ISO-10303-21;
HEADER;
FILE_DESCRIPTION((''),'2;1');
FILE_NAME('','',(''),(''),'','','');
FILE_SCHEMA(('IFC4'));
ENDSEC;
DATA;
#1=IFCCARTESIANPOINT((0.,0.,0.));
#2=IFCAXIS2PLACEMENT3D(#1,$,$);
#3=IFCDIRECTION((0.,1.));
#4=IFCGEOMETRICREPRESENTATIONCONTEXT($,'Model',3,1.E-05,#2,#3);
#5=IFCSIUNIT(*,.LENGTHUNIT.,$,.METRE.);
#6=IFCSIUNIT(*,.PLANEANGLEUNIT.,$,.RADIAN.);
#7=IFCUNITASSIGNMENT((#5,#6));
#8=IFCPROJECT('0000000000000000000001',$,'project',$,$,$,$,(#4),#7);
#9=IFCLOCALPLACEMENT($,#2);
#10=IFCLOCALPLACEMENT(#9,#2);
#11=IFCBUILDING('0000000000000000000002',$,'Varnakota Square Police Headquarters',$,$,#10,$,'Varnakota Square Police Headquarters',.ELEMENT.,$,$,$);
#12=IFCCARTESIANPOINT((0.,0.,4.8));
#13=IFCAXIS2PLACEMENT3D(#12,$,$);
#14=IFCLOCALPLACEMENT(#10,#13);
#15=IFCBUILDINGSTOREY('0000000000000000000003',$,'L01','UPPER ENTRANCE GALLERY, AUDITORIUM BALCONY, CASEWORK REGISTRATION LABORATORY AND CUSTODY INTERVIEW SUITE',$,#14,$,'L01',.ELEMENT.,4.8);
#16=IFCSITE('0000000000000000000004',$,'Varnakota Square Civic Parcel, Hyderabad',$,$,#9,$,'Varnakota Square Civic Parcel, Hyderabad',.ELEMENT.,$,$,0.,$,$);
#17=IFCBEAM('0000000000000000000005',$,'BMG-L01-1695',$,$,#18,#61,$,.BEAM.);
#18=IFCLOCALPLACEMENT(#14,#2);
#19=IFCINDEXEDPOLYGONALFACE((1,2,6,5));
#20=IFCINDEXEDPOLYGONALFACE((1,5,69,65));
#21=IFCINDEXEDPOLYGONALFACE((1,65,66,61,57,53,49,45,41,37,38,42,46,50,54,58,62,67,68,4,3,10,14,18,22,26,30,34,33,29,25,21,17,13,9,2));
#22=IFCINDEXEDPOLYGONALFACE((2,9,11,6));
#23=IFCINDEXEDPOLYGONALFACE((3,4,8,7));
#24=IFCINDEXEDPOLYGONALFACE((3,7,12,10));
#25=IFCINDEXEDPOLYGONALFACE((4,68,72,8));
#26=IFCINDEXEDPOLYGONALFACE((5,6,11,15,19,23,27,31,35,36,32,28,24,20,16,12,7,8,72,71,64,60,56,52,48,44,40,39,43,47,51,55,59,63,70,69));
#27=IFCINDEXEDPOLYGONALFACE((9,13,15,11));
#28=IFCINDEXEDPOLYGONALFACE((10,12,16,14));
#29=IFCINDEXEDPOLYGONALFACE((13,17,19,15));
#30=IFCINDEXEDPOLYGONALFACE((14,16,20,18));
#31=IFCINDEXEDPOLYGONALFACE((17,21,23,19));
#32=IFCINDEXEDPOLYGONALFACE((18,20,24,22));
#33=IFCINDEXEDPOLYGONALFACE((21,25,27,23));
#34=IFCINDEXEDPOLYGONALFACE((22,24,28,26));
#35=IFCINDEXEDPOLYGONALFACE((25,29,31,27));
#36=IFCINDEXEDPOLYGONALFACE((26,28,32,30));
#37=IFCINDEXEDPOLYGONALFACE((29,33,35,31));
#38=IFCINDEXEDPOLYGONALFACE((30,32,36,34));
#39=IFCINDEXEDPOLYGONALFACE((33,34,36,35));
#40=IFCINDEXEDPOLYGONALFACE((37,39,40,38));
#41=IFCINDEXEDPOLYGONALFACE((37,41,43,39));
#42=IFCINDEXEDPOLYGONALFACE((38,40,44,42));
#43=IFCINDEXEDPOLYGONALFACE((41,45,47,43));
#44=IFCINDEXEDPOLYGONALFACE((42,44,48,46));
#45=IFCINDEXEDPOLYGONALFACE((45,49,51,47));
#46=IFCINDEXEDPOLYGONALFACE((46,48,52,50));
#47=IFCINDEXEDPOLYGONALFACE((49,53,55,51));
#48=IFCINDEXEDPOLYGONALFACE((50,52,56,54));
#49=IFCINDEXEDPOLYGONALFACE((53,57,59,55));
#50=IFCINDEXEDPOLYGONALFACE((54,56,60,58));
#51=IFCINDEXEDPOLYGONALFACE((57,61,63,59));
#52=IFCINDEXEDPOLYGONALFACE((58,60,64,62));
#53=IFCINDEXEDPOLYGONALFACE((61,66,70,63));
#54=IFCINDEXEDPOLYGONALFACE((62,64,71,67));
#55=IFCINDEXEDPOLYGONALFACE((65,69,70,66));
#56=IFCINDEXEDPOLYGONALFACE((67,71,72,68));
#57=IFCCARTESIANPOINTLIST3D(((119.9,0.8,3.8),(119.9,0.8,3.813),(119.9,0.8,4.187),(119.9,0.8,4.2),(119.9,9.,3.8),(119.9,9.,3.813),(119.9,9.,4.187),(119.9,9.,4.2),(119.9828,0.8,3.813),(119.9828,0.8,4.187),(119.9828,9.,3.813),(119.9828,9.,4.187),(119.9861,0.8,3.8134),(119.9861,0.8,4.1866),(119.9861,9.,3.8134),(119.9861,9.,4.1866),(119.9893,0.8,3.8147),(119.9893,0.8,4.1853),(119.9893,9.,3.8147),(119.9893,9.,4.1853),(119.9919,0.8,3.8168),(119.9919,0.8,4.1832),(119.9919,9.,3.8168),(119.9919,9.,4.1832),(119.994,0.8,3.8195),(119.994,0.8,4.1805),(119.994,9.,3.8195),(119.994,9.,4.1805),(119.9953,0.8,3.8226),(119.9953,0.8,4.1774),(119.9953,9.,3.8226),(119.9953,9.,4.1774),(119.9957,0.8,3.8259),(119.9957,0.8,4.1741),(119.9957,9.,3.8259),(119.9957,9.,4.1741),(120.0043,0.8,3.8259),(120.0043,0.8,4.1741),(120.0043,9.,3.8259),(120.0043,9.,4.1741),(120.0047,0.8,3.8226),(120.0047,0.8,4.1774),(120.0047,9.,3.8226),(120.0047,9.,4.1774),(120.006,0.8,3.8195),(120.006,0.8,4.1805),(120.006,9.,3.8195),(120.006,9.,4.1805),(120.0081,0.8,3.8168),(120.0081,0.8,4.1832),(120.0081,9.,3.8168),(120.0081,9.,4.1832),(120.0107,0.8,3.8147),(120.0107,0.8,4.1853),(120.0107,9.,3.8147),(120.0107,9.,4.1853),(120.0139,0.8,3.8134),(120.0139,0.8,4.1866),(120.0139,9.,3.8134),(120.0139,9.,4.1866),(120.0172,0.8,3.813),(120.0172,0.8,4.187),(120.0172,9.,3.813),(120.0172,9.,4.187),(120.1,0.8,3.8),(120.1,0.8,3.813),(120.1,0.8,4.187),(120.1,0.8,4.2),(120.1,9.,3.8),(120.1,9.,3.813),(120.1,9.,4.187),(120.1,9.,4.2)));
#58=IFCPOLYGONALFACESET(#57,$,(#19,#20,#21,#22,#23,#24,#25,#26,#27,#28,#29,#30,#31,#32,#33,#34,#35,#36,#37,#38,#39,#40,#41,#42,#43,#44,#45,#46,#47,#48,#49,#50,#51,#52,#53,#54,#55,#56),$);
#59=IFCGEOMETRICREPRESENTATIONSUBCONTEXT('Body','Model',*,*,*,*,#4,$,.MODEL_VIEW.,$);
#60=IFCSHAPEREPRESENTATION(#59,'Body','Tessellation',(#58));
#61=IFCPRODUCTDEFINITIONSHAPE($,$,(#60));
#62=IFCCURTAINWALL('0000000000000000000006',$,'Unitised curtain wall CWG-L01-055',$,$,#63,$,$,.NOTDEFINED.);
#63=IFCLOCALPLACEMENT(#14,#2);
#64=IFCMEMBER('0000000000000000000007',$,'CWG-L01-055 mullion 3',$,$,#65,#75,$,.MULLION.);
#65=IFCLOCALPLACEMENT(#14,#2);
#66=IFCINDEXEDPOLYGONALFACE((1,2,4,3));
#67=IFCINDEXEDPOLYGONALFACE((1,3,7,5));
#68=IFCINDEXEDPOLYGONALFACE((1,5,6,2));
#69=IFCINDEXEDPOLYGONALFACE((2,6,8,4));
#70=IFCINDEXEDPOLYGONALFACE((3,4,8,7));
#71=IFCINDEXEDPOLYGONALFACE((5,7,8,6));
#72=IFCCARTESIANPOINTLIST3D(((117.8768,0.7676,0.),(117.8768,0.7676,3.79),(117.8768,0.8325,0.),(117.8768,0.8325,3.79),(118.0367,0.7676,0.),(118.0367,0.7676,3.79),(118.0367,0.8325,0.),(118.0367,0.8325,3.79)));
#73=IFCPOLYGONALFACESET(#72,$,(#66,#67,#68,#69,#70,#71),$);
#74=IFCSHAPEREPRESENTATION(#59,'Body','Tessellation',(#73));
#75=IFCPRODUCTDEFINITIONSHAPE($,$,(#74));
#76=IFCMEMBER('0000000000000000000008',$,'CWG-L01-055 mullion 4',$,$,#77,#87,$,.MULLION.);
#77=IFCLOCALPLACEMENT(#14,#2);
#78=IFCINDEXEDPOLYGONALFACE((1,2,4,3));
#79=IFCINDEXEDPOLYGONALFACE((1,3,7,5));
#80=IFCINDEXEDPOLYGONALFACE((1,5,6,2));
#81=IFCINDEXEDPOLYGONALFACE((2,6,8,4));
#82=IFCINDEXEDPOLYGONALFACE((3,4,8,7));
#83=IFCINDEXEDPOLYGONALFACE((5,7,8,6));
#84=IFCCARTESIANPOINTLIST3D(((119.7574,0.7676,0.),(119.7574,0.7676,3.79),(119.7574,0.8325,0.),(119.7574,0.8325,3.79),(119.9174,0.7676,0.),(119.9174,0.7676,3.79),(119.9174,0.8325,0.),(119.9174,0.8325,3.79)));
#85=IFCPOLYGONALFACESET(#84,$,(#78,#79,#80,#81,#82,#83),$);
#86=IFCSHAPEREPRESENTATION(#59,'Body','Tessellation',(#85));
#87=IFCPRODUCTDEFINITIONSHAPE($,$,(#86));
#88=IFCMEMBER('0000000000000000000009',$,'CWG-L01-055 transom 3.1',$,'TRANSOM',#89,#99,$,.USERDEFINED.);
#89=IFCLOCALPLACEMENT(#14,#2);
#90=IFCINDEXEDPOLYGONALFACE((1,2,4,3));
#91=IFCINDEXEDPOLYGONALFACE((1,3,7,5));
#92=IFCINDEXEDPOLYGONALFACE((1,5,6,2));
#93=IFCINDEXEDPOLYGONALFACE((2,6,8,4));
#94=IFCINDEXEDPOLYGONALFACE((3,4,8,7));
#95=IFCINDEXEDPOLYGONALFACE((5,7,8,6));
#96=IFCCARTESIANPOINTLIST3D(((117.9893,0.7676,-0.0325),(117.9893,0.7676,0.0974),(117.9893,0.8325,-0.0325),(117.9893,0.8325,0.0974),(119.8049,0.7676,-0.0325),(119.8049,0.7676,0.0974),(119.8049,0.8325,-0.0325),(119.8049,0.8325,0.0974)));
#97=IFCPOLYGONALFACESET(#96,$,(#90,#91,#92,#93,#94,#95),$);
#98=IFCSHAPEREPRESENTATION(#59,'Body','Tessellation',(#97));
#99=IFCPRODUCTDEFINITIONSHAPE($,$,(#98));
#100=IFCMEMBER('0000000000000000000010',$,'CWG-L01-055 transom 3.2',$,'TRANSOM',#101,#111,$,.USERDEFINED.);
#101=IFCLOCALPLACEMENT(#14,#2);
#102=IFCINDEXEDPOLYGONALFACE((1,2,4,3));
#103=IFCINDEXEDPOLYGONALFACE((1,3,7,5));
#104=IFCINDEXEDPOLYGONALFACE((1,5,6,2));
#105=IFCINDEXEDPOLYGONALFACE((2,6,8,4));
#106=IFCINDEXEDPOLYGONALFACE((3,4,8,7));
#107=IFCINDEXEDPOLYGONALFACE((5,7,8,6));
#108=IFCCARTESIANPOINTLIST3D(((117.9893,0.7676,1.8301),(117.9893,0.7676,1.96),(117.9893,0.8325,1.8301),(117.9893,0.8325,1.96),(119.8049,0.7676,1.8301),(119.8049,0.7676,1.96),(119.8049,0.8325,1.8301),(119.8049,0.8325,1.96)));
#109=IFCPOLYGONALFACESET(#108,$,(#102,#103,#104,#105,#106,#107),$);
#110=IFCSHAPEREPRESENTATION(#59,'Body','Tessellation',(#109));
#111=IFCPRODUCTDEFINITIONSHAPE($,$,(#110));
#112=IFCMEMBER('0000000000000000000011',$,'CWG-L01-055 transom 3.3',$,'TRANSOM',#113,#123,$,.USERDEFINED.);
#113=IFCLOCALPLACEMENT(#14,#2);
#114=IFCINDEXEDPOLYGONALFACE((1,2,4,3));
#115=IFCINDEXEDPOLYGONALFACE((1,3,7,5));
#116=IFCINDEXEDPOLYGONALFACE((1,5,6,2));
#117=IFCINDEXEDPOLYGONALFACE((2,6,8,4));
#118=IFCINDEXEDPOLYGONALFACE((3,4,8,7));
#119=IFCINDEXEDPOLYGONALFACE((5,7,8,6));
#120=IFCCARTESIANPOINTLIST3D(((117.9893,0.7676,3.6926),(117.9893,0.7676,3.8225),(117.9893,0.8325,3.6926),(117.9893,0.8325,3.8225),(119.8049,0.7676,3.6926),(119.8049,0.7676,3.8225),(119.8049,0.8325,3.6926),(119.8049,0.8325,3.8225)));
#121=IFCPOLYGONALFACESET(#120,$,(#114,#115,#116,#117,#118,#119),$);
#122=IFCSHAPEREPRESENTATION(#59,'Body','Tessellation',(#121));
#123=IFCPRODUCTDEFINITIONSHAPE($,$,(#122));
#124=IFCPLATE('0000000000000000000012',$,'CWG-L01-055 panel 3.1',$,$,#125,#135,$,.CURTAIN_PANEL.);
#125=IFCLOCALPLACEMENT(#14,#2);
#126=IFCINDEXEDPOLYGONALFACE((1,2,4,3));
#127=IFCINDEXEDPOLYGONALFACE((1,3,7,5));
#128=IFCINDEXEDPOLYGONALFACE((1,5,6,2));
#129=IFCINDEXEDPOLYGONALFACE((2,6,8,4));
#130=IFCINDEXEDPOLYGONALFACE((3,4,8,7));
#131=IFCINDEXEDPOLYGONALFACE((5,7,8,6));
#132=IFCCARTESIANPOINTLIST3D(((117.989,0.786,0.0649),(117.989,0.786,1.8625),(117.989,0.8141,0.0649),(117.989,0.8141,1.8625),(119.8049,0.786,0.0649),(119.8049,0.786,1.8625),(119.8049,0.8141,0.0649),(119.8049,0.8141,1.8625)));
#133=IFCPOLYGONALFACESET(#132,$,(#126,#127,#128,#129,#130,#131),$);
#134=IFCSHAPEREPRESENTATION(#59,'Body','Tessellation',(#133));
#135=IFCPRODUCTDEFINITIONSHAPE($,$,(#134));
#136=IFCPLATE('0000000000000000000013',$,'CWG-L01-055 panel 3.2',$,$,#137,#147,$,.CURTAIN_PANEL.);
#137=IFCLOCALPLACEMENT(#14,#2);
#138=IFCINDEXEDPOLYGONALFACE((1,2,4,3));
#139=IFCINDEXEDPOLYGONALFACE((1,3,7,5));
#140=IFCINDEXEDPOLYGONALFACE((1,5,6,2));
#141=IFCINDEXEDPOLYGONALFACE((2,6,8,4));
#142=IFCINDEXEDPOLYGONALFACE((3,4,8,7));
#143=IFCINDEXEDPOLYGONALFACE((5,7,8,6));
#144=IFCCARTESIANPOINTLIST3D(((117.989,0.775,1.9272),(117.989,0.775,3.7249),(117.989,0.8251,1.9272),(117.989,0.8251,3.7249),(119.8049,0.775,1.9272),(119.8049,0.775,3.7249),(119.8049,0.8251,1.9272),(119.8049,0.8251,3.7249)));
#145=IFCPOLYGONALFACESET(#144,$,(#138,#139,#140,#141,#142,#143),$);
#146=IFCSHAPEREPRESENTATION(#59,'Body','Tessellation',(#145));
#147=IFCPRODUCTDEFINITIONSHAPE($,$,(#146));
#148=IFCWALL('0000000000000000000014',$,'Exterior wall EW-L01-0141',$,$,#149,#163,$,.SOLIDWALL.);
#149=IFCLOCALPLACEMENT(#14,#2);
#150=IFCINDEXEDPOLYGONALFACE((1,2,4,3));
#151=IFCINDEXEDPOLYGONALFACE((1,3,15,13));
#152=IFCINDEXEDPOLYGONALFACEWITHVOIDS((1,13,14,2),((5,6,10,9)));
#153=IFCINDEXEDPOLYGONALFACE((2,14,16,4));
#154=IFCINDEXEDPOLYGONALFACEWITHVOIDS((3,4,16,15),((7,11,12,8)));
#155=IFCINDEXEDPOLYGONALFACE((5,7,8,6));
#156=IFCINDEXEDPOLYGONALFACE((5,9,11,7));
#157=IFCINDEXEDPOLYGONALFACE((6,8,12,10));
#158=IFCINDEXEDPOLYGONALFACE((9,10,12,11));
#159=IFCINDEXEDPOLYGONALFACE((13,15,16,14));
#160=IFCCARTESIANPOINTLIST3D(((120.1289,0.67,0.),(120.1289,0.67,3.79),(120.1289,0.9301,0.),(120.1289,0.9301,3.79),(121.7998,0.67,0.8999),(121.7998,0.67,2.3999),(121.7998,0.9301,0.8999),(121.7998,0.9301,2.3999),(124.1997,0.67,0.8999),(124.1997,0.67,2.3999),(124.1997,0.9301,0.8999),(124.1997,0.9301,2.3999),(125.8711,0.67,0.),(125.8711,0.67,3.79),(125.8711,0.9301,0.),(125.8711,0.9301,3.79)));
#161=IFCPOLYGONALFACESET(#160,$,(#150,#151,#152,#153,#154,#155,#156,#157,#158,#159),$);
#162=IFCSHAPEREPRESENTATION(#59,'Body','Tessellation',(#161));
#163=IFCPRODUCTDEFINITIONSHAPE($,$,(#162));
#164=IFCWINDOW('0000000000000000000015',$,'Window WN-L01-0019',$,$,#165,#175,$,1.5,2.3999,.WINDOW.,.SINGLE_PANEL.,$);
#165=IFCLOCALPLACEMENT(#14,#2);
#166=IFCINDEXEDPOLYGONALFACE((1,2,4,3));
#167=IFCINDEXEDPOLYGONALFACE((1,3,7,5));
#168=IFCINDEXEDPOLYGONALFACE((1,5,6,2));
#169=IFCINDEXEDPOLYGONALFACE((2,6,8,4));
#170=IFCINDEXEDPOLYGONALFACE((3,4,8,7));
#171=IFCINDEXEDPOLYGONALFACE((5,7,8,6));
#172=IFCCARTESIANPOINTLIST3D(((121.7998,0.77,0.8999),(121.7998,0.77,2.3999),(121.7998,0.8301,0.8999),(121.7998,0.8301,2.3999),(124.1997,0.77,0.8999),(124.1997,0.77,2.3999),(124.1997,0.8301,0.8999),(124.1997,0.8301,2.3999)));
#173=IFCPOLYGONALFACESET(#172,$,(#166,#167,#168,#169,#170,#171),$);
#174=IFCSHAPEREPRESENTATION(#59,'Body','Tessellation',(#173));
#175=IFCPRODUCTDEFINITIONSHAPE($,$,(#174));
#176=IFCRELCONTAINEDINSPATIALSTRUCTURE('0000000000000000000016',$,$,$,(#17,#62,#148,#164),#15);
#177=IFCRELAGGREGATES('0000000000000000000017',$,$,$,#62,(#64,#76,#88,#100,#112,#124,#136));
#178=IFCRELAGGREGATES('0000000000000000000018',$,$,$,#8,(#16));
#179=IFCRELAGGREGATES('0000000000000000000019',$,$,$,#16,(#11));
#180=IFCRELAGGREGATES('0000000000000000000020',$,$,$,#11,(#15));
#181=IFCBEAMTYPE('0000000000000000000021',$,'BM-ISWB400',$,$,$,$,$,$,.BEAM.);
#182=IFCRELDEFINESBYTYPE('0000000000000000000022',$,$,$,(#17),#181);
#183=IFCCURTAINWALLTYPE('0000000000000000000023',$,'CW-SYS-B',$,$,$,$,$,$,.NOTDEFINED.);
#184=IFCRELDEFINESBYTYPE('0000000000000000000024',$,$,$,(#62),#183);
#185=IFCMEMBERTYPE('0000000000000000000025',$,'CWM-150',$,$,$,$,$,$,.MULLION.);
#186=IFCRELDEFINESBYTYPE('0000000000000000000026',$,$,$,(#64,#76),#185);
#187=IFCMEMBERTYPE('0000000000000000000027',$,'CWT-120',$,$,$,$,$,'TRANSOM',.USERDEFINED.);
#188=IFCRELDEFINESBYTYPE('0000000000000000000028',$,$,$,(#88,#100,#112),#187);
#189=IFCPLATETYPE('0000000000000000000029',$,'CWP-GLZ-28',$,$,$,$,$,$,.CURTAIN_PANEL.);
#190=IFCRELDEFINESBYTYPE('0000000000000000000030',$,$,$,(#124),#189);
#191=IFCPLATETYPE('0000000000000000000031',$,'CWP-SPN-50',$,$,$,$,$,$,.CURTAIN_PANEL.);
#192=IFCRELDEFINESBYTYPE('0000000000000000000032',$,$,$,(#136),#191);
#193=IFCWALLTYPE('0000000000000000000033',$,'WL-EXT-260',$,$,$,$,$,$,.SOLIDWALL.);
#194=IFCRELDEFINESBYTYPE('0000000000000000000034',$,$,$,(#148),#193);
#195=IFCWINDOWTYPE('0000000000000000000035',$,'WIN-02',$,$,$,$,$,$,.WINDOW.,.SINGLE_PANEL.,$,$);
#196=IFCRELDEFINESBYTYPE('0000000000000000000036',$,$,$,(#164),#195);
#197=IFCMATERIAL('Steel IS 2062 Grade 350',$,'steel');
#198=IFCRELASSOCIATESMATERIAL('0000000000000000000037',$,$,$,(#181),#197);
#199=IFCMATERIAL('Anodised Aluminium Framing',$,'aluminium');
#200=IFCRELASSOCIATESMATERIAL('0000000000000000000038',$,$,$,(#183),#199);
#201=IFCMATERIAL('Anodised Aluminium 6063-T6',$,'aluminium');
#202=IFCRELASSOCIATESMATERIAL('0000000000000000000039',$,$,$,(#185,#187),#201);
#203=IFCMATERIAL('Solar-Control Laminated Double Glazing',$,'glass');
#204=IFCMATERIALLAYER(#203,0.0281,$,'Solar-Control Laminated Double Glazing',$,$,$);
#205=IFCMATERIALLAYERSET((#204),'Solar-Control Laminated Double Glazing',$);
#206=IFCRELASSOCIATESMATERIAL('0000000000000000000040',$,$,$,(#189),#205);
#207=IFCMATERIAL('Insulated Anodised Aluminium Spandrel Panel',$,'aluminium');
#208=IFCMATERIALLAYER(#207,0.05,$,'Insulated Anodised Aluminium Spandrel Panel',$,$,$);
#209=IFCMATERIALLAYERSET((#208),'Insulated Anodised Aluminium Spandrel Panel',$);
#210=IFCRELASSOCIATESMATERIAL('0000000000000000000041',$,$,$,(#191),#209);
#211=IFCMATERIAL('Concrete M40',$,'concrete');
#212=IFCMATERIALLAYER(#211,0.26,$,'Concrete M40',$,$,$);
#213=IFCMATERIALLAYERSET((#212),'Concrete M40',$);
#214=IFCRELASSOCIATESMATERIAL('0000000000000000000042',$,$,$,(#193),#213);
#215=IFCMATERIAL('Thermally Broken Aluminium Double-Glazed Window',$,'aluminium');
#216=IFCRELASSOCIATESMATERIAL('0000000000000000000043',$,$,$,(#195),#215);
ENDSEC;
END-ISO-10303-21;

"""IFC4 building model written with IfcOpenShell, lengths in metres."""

from ifc_helpers import new_model, si_unit, direction, frame, frame_2d, origin, origin_2d, place, context, subcontext, project, spatial, rectangle, i_section, extrude, material, layer, layer_set, material_profile, profile_set, type_object, element, fill, aggregate, save


model = new_model("IFC4")

# Units and contexts
model_context = context("Model", 3, precision=1e-05, world=origin(), true_north=direction((0.0, 1.0)))
body_context = subcontext(model_context, "Body", "Model", "MODEL_VIEW")
ifc_project = project(units=[si_unit("LENGTHUNIT", "METRE"), si_unit("PLANEANGLEUNIT", "RADIAN")], contexts=[model_context])

# Site, building, storey
site_placement = place(None, origin())
site = spatial("IfcSite", under=ifc_project, at=site_placement, Name="Varnakota Square Civic Parcel, Hyderabad", LongName="Varnakota Square Civic Parcel, Hyderabad", CompositionType="ELEMENT", RefElevation=0.0)
building_placement = place(site_placement, origin())
building = spatial("IfcBuilding", under=site, at=building_placement, Name="Varnakota Square Police Headquarters", LongName="Varnakota Square Police Headquarters", CompositionType="ELEMENT")
storey_placement = place(building_placement, frame((0.0, 0.0, 4.8)))
storey = spatial("IfcBuildingStorey", under=building, at=storey_placement, Name="L01", Description="UPPER ENTRANCE GALLERY, AUDITORIUM BALCONY, CASEWORK REGISTRATION LABORATORY AND CUSTODY INTERVIEW SUITE", LongName="L01", CompositionType="ELEMENT", Elevation=4.8)

# Shared definitions
ifc_material_1 = material(Name="Steel IS 2062 Grade 350", Category="steel")

# Beam
ifc_material_profile_1 = material_profile(ifc_material_1, i_section(OverallWidth=0.2, OverallDepth=0.3999, WebThickness=0.0085, FlangeThickness=0.0129, FilletRadius=0.0129, at=origin_2d()), Name="ISWB 400")
ifc_profile_set_1 = profile_set([ifc_material_profile_1], Name="Steel IS 2062 Grade 350")
beam_type_1 = type_object("IfcBeamType", Name="BM-ISWB400", PredefinedType="BEAM", material=ifc_profile_set_1)
beam_1_placement = place(storey_placement, frame((120.0, 0.8, 4.0), z_axis=(0.0, 1.0, 0.0), x_axis=(-1.0, 0.0, 0.0)))
element("IfcBeam", 1, at=beam_1_placement, inside=storey, type_object=beam_type_1, Name="BMG-L01-1695", PredefinedType="BEAM", context=body_context, shape_type="SweptSolid", body=[
    extrude(i_section(OverallWidth=0.2, OverallDepth=0.3999, WebThickness=0.0085, FlangeThickness=0.0129, FilletRadius=0.0129, at=origin_2d()), origin(), (0.0, 0.0, 1.0), 8.2),
])

# Curtain wall, members, plates
ifc_material_2 = material(Name="Anodised Aluminium Framing", Category="aluminium")
curtain_wall_type = type_object("IfcCurtainWallType", Name="CW-SYS-B", PredefinedType="NOTDEFINED", material=ifc_material_2)
curtain_wall_placement = place(storey_placement, origin())
curtain_wall = element("IfcCurtainWall", 2, at=curtain_wall_placement, inside=storey, type_object=curtain_wall_type, Name="Unitised curtain wall CWG-L01-055", PredefinedType="NOTDEFINED")
ifc_material_3 = material(Name="Anodised Aluminium 6063-T6", Category="aluminium")
ifc_material_profile_2 = material_profile(ifc_material_3, rectangle(XDim=0.0649, YDim=0.1599, at=origin_2d()), Name="ALU MULLION 65x160")
ifc_profile_set_2 = profile_set([ifc_material_profile_2], Name="Anodised Aluminium 6063-T6")
member_type_1 = type_object("IfcMemberType", Name="CWM-150", PredefinedType="MULLION", material=ifc_profile_set_2)
member_1_placement = place(storey_placement, frame((117.9568, 0.8, 0.0), z_axis=(0.0, 0.0, 1.0), x_axis=(0.0, 1.0, 0.0)))
member_1 = element("IfcMember", 3, at=member_1_placement, type_object=member_type_1, Name="CWG-L01-055 mullion 3", PredefinedType="MULLION", context=body_context, shape_type="SweptSolid", body=[
    extrude(rectangle(XDim=0.0649, YDim=0.1599, at=origin_2d()), origin(), (0.0, 0.0, 1.0), 3.79),
])
member_2_placement = place(storey_placement, frame((119.8374, 0.8, 0.0), z_axis=(0.0, 0.0, 1.0), x_axis=(0.0, 1.0, 0.0)))
member_2 = element("IfcMember", 4, at=member_2_placement, type_object=member_type_1, Name="CWG-L01-055 mullion 4", PredefinedType="MULLION", context=body_context, shape_type="SweptSolid", body=[
    extrude(rectangle(XDim=0.0649, YDim=0.1599, at=origin_2d()), origin(), (0.0, 0.0, 1.0), 3.79),
])
ifc_material_profile_3 = material_profile(ifc_material_3, rectangle(XDim=0.0649, YDim=0.1299, at=origin_2d()), Name="ALU TRANSOM 65x130")
ifc_profile_set_3 = profile_set([ifc_material_profile_3], Name="Anodised Aluminium 6063-T6")
member_type_2 = type_object("IfcMemberType", Name="CWT-120", ElementType="TRANSOM", PredefinedType="USERDEFINED", material=ifc_profile_set_3)
member_3_placement = place(storey_placement, frame((117.9893, 0.8, 0.0325), z_axis=(1.0, 0.0, 0.0), x_axis=(0.0, 1.0, 0.0)))
member_3 = element("IfcMember", 5, at=member_3_placement, type_object=member_type_2, Name="CWG-L01-055 transom 3.1", ObjectType="TRANSOM", PredefinedType="USERDEFINED", context=body_context, shape_type="SweptSolid", body=[
    extrude(rectangle(XDim=0.0649, YDim=0.1299, at=origin_2d()), origin(), (0.0, 0.0, 1.0), 1.8157),
])
member_4_placement = place(storey_placement, frame((117.9893, 0.8, 1.895), z_axis=(1.0, 0.0, 0.0), x_axis=(0.0, 1.0, 0.0)))
member_4 = element("IfcMember", 6, at=member_4_placement, type_object=member_type_2, Name="CWG-L01-055 transom 3.2", ObjectType="TRANSOM", PredefinedType="USERDEFINED", context=body_context, shape_type="SweptSolid", body=[
    extrude(rectangle(XDim=0.0649, YDim=0.1299, at=origin_2d()), origin(), (0.0, 0.0, 1.0), 1.8157),
])
member_5_placement = place(storey_placement, frame((117.9893, 0.8, 3.7576), z_axis=(1.0, 0.0, 0.0), x_axis=(0.0, 1.0, 0.0)))
member_5 = element("IfcMember", 7, at=member_5_placement, type_object=member_type_2, Name="CWG-L01-055 transom 3.3", ObjectType="TRANSOM", PredefinedType="USERDEFINED", context=body_context, shape_type="SweptSolid", body=[
    extrude(rectangle(XDim=0.0649, YDim=0.1299, at=origin_2d()), origin(), (0.0, 0.0, 1.0), 1.8157),
])
ifc_material_4 = material(Name="Solar-Control Laminated Double Glazing", Category="glass")
ifc_layer_1 = layer(ifc_material_4, 0.0281, Name="Solar-Control Laminated Double Glazing")
ifc_layer_set_1 = layer_set([ifc_layer_1], Name="Solar-Control Laminated Double Glazing")
plate_type_1 = type_object("IfcPlateType", Name="CWP-GLZ-28", PredefinedType="CURTAIN_PANEL", material=ifc_layer_set_1)
plate_1_placement = place(storey_placement, frame((118.897, 0.8, 0.0649), z_axis=(0.0, 0.0, 1.0), x_axis=(1.0, 0.0, 0.0)))
plate_1 = element("IfcPlate", 8, at=plate_1_placement, type_object=plate_type_1, Name="CWG-L01-055 panel 3.1", PredefinedType="CURTAIN_PANEL", context=body_context, shape_type="SweptSolid", body=[
    extrude(rectangle(XDim=1.8159, YDim=0.0281, at=origin_2d()), origin(), (0.0, 0.0, 1.0), 1.7976),
])
ifc_material_5 = material(Name="Insulated Anodised Aluminium Spandrel Panel", Category="aluminium")
ifc_layer_2 = layer(ifc_material_5, 0.05, Name="Insulated Anodised Aluminium Spandrel Panel")
ifc_layer_set_2 = layer_set([ifc_layer_2], Name="Insulated Anodised Aluminium Spandrel Panel")
plate_type_2 = type_object("IfcPlateType", Name="CWP-SPN-50", PredefinedType="CURTAIN_PANEL", material=ifc_layer_set_2)
plate_2_placement = place(storey_placement, frame((118.897, 0.8, 1.9272), z_axis=(0.0, 0.0, 1.0), x_axis=(1.0, 0.0, 0.0)))
plate_2 = element("IfcPlate", 9, at=plate_2_placement, type_object=plate_type_2, Name="CWG-L01-055 panel 3.2", PredefinedType="CURTAIN_PANEL", context=body_context, shape_type="SweptSolid", body=[
    extrude(rectangle(XDim=1.8159, YDim=0.05, at=origin_2d()), origin(), (0.0, 0.0, 1.0), 1.7976),
])
aggregate(curtain_wall, [member_1, member_2, member_3, member_4, member_5, plate_1, plate_2])

# Wall, opening, window
ifc_material_6 = material(Name="Concrete M40", Category="concrete")
ifc_layer_3 = layer(ifc_material_6, 0.26, Name="Concrete M40")
ifc_layer_set_3 = layer_set([ifc_layer_3], Name="Concrete M40")
wall_type = type_object("IfcWallType", Name="WL-EXT-260", PredefinedType="SOLIDWALL", material=ifc_layer_set_3)
wall_placement = place(storey_placement, frame((120.1289, 0.8, 0.0), z_axis=(0.0, 0.0, 1.0), x_axis=(1.0, 0.0, 0.0)))
wall = element("IfcWall", 10, at=wall_placement, inside=storey, type_object=wall_type, Name="Exterior wall EW-L01-0141", PredefinedType="SOLIDWALL", context=body_context, shape_type="SweptSolid", body=[
    extrude(rectangle(XDim=5.7422, YDim=0.26, at=frame_2d((2.8711, 0.0))), origin(), (0.0, 0.0, 1.0), 3.79),
])
opening_placement = place(wall_placement, frame((1.6709, 0.0, 0.8999)))
opening = element("IfcOpeningElement", 11, at=opening_placement, cuts=wall, PredefinedType="OPENING", context=body_context, shape_type="SweptSolid", body=[
    extrude(rectangle(XDim=2.3999, YDim=1.5, at=frame_2d((1.2, 0.75))), frame((0.0, 0.1399, 0.0), z_axis=(0.0, -1.0, 0.0), x_axis=(1.0, 0.0, 0.0)), (0.0, 0.0, 1.0), 0.28),
])
ifc_material_7 = material(Name="Thermally Broken Aluminium Double-Glazed Window", Category="aluminium")
window_type = type_object("IfcWindowType", Name="WIN-02", PartitioningType="SINGLE_PANEL", PredefinedType="WINDOW", material=ifc_material_7)
window_placement = place(opening_placement, origin())
window = element("IfcWindow", 12, at=window_placement, inside=storey, type_object=window_type, Name="Window WN-L01-0019", OverallHeight=1.5, OverallWidth=2.3999, PartitioningType="SINGLE_PANEL", PredefinedType="WINDOW", context=body_context, shape_type="SweptSolid", body=[
    extrude(rectangle(XDim=2.3999, YDim=1.5, at=frame_2d((1.2, 0.75))), frame((0.0, 0.03, 0.0), z_axis=(0.0, -1.0, 0.0), x_axis=(1.0, 0.0, 0.0)), (0.0, 0.0, 1.0), 0.0601),
])
fill(opening, window)

save(model, "model.ifc")
